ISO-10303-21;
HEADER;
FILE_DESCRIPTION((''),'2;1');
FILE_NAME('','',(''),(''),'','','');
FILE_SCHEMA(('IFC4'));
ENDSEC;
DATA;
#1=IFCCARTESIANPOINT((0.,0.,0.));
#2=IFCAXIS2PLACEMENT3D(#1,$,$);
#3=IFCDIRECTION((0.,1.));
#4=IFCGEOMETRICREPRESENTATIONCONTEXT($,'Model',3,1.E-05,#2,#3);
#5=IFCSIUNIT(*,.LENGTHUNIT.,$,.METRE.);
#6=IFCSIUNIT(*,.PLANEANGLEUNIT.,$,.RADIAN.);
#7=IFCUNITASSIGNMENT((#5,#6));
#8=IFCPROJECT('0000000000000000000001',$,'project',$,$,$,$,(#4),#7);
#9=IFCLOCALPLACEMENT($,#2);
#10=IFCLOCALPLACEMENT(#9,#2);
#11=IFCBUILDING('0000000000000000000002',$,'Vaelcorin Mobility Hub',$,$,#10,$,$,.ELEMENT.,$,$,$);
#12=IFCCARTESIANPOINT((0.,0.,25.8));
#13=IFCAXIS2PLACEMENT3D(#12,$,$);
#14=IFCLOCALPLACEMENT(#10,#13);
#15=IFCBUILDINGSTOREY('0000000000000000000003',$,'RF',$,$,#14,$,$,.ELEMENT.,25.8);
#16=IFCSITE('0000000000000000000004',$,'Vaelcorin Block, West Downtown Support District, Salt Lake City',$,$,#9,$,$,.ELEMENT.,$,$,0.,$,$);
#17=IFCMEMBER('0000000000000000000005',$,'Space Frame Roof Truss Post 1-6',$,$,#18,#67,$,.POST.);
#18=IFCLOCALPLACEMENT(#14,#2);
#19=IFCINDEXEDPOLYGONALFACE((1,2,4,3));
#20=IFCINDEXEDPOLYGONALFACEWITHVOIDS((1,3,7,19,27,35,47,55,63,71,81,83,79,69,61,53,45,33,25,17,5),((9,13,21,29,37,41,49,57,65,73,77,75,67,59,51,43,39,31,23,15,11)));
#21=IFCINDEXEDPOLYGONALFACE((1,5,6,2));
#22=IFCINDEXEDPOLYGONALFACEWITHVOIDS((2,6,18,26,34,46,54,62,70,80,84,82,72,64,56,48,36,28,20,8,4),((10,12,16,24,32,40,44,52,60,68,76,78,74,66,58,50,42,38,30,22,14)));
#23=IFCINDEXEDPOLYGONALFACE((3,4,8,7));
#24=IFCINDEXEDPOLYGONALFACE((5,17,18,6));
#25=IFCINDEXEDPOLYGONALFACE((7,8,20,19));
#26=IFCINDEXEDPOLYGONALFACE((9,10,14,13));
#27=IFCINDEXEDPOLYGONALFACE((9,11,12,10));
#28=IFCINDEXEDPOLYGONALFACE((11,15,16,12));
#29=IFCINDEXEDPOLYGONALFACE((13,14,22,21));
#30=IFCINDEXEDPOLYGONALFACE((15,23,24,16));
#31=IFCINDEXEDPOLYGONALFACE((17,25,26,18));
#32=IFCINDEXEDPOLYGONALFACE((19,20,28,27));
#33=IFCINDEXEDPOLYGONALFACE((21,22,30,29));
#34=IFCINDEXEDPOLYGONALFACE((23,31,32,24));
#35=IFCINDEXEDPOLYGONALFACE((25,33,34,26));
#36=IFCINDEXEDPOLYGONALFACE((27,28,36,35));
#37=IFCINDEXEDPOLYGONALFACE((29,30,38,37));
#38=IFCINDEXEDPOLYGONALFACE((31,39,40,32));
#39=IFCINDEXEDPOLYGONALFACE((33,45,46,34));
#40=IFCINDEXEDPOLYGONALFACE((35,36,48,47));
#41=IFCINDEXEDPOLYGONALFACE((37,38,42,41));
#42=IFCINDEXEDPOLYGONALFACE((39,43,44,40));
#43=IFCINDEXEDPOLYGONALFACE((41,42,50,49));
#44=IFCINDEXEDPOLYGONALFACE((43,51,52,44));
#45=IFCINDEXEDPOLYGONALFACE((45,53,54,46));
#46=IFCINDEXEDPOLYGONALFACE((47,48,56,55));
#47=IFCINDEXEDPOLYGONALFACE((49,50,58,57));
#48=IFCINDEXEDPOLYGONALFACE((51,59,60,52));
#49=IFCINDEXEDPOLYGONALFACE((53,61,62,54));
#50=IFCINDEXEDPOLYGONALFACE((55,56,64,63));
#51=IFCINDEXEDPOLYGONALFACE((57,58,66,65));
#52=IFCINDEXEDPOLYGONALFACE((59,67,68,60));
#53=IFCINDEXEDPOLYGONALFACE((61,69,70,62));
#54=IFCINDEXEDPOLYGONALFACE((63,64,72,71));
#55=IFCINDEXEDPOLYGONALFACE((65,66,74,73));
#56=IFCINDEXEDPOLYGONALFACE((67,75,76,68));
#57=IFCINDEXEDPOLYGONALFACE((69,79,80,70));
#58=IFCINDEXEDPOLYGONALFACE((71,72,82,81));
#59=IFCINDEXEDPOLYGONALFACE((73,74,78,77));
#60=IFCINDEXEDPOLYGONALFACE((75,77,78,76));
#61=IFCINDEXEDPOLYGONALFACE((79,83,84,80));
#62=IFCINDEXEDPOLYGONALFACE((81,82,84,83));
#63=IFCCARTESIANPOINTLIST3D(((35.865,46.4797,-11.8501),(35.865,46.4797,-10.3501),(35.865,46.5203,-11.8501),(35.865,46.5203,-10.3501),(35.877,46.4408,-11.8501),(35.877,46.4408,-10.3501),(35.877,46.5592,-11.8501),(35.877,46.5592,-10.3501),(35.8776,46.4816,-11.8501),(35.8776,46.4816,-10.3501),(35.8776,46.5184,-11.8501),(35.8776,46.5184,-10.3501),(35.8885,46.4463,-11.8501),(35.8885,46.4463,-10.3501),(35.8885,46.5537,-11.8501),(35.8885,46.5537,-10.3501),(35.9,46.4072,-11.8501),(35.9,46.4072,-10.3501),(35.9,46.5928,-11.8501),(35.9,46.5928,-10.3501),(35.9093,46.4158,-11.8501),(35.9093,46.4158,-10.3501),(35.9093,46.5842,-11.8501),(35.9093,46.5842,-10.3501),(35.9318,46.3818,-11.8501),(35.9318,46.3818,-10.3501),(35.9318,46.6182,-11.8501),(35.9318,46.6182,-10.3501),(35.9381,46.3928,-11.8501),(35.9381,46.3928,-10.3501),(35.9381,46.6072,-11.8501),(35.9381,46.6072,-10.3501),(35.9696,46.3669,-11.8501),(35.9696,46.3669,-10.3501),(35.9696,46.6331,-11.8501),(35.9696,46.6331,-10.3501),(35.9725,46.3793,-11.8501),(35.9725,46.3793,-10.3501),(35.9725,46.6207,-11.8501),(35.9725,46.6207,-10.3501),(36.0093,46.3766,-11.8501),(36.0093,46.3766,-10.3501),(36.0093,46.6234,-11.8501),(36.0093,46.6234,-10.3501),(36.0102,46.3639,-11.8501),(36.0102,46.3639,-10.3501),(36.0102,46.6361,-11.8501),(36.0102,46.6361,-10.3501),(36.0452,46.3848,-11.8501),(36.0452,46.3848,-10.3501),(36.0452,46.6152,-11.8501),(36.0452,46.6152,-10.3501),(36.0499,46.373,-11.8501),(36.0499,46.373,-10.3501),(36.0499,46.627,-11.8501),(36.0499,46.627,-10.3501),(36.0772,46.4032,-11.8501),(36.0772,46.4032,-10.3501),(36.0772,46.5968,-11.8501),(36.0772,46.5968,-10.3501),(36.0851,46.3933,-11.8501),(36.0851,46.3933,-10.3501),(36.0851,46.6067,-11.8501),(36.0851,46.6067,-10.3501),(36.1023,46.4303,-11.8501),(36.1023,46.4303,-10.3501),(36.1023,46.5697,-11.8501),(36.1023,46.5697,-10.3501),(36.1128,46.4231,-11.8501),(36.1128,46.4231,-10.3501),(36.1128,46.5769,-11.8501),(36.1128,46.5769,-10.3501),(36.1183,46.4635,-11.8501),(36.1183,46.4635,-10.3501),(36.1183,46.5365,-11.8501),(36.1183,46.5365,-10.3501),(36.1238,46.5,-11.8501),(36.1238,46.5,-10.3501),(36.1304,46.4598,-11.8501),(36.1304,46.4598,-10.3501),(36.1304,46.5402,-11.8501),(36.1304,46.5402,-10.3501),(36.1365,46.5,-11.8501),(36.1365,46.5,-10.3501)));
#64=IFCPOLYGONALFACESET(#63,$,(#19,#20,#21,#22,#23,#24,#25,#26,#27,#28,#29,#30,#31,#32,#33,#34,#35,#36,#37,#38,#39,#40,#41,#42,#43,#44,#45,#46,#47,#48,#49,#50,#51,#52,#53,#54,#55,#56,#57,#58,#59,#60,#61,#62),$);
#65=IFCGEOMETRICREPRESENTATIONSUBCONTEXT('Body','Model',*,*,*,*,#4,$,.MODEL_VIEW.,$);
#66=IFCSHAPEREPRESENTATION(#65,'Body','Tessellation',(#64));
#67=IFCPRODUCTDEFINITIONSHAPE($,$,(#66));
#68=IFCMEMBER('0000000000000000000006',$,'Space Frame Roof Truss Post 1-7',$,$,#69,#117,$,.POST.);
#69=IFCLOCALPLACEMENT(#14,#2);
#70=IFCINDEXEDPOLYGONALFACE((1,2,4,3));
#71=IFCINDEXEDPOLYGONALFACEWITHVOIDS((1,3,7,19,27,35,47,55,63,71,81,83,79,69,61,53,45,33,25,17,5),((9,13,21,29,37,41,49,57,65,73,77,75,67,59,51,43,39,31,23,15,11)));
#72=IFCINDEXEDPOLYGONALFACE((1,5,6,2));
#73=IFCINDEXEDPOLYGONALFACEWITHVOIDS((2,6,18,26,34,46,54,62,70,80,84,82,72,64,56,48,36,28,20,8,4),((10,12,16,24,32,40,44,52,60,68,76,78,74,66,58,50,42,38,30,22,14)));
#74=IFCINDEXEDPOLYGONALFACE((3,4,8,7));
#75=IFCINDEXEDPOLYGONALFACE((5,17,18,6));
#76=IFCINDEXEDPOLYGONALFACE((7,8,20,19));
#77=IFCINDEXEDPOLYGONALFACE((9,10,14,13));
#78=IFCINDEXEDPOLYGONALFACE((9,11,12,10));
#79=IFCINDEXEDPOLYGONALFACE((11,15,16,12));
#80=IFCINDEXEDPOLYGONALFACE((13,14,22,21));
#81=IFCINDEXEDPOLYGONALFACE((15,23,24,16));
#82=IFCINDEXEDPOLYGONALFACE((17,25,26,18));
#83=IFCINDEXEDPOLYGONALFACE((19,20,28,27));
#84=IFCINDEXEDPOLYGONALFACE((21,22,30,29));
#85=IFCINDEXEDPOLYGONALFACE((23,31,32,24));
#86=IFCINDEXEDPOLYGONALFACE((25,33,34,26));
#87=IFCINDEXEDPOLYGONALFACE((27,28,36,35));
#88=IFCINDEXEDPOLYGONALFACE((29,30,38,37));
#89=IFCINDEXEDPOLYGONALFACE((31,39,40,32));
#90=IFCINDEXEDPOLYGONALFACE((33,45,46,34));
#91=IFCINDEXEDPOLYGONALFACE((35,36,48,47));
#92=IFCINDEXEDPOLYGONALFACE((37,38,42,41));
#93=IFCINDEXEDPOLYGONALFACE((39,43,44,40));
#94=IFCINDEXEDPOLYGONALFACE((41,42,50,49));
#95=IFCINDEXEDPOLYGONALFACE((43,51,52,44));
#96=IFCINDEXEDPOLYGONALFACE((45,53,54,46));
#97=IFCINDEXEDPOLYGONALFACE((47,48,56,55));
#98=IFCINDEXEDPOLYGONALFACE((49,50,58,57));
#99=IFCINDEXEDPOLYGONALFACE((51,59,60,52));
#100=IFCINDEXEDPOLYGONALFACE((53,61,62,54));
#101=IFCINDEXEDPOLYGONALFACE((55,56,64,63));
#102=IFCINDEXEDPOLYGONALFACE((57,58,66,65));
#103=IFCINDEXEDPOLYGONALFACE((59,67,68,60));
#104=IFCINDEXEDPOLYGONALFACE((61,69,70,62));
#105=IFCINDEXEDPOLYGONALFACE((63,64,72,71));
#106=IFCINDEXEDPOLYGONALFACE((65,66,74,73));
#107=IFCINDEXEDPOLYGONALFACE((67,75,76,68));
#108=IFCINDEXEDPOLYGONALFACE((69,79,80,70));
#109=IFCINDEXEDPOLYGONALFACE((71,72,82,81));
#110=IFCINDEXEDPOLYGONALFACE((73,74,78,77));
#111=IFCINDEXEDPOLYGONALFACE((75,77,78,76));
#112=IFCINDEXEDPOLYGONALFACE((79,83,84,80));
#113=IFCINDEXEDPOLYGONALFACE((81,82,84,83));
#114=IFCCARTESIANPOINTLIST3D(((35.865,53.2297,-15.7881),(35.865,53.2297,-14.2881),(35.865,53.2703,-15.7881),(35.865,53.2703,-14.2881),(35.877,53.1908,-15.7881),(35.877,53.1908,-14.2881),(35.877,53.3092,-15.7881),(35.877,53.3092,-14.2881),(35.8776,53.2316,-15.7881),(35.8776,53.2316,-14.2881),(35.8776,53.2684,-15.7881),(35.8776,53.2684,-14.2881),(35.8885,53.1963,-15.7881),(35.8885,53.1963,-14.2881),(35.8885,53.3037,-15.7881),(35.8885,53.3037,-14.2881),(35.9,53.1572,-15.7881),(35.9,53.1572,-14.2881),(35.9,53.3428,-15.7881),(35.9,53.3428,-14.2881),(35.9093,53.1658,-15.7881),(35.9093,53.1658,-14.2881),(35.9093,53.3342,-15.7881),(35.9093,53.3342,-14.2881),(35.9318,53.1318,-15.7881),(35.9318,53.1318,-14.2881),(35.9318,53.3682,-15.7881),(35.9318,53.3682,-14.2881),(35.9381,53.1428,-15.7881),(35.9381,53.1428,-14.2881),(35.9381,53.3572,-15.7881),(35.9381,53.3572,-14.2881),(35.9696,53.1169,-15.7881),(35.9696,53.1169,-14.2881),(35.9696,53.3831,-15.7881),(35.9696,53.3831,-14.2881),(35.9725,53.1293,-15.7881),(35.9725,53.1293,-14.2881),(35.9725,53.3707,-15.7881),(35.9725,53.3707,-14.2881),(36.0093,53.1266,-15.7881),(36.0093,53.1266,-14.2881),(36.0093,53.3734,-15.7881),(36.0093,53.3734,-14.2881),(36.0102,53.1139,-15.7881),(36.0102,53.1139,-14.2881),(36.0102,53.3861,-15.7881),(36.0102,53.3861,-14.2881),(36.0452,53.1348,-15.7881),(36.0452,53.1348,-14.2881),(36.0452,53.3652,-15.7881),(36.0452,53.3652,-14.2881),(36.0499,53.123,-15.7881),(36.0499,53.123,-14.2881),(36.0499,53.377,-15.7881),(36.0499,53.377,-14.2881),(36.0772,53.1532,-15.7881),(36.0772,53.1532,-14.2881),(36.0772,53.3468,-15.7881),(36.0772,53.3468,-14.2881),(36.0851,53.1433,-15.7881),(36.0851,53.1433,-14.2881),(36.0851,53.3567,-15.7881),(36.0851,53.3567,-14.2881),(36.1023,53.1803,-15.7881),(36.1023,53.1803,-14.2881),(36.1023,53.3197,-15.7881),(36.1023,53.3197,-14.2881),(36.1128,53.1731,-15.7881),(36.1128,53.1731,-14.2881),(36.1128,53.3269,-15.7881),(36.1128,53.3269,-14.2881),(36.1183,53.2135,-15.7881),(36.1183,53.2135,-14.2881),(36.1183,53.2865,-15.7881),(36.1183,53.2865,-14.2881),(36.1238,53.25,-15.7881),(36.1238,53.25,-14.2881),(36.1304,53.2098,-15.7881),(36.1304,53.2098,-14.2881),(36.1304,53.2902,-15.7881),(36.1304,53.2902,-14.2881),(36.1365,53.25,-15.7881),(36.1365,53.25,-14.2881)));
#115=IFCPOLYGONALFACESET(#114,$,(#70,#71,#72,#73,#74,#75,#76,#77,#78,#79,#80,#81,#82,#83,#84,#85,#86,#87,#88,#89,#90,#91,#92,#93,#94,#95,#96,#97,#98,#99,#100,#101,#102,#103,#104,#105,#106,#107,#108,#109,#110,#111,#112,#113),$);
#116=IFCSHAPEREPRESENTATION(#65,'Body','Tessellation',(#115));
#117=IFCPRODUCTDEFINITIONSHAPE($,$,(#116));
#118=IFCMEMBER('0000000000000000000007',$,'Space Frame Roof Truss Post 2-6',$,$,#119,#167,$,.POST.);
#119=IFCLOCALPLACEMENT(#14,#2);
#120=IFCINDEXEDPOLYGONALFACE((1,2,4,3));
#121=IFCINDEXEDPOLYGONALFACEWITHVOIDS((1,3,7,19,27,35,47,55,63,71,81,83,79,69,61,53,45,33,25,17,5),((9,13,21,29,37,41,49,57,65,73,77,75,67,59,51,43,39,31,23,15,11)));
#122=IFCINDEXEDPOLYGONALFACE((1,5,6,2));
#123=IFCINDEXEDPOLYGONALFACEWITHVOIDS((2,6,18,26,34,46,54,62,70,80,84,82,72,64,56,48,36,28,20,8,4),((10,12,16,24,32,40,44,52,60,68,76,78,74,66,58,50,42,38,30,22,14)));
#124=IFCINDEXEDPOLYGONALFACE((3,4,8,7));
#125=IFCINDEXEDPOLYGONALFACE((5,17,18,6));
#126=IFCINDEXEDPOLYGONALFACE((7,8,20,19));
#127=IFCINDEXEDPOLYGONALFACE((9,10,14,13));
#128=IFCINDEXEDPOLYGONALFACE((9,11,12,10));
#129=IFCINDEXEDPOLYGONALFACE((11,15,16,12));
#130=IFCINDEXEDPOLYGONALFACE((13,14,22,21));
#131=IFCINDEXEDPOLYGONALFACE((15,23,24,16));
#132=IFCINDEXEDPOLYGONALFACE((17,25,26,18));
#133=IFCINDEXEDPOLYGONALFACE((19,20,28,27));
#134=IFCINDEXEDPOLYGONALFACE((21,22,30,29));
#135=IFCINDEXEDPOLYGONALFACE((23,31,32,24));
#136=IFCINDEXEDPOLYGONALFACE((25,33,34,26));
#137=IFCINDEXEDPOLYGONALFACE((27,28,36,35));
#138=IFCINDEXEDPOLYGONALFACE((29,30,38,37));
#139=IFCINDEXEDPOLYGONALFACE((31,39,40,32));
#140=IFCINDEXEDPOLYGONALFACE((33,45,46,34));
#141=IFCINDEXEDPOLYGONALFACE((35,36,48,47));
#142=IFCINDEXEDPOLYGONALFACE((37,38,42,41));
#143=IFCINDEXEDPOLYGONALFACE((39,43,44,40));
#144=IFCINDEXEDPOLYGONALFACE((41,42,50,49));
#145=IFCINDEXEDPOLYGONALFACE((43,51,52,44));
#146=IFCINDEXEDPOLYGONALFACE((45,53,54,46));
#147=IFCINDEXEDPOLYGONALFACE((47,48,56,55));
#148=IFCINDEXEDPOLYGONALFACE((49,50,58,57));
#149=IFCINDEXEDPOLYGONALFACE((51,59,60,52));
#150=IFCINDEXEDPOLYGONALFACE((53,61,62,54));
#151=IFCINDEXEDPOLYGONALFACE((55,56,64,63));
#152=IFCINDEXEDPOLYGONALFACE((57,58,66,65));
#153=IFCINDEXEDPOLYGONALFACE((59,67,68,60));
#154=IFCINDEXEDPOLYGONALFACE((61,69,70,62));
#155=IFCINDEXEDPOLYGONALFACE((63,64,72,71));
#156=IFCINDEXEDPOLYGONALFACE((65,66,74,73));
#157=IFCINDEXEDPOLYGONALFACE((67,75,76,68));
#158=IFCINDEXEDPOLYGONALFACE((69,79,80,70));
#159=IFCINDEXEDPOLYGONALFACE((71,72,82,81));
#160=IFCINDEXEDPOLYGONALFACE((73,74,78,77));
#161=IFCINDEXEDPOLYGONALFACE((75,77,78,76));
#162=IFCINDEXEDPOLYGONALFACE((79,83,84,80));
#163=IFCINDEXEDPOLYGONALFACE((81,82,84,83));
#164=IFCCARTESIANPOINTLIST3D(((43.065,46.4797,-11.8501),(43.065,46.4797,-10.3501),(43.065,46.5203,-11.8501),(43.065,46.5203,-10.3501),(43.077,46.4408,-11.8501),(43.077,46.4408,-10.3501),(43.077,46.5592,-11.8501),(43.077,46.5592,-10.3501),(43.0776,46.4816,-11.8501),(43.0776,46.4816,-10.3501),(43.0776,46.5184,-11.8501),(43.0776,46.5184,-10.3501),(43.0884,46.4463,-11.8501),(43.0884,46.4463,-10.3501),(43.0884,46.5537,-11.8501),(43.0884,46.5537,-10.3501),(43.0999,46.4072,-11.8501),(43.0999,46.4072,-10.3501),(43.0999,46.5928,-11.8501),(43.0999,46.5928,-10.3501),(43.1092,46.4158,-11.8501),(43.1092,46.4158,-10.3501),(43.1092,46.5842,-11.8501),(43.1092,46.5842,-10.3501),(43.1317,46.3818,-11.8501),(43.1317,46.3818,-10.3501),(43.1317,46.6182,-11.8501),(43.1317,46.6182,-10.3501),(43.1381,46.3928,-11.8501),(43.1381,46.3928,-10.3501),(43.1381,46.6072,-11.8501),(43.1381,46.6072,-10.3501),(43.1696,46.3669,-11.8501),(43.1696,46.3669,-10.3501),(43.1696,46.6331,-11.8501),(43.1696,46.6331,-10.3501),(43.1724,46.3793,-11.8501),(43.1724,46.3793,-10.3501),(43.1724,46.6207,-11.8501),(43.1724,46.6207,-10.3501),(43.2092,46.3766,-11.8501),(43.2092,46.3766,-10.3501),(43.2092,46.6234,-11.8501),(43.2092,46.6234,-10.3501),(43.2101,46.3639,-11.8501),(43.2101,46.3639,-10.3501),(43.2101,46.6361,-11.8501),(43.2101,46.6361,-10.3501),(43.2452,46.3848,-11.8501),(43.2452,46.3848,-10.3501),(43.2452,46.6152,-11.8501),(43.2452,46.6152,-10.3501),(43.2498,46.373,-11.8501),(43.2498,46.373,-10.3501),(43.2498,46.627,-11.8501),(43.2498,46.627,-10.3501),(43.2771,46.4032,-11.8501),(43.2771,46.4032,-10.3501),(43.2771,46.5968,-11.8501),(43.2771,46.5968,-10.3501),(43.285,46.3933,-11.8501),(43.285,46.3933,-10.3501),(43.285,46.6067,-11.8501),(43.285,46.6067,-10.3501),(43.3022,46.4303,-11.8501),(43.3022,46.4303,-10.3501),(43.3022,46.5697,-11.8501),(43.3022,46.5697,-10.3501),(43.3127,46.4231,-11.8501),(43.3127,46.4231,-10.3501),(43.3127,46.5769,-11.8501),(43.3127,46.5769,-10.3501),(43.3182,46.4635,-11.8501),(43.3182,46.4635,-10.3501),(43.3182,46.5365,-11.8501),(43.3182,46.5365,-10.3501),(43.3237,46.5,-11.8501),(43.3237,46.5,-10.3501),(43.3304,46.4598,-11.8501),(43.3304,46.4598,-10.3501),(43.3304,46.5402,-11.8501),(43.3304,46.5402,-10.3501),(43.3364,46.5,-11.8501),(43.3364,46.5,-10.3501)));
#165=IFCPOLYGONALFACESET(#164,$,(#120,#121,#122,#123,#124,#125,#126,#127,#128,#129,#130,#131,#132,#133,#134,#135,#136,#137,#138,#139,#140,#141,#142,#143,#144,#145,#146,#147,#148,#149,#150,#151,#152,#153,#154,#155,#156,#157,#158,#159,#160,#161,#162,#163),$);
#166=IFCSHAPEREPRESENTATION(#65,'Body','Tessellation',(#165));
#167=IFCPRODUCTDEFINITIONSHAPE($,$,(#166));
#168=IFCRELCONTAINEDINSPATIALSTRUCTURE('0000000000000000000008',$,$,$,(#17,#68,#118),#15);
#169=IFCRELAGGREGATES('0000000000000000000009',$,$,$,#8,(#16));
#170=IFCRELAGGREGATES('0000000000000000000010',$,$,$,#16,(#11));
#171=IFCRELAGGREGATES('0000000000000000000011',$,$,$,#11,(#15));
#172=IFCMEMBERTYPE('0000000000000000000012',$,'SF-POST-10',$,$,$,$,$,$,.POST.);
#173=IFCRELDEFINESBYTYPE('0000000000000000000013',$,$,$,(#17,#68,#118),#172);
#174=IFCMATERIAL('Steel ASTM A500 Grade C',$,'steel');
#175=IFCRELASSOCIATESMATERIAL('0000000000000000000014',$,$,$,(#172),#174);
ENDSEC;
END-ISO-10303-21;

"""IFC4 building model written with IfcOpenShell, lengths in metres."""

from ifc_helpers import new_model, si_unit, direction, frame, origin, origin_2d, place, context, subcontext, project, spatial, hollow_circle, extrude, material, material_profile, profile_set, type_object, element, save


model = new_model("IFC4")

# Units and contexts
model_context = context("Model", 3, precision=1e-05, world=origin(), true_north=direction((0.0, 1.0)))
body_context = subcontext(model_context, "Body", "Model", "MODEL_VIEW")
ifc_project = project(units=[si_unit("LENGTHUNIT", "METRE"), si_unit("PLANEANGLEUNIT", "RADIAN")], contexts=[model_context])

# Site, building, storey
site_placement = place(None, origin())
site = spatial("IfcSite", under=ifc_project, at=site_placement, Name="Vaelcorin Block, West Downtown Support District, Salt Lake City", CompositionType="ELEMENT", RefElevation=0.0)
building_placement = place(site_placement, origin())
building = spatial("IfcBuilding", under=site, at=building_placement, Name="Vaelcorin Mobility Hub", CompositionType="ELEMENT")
storey_placement = place(building_placement, frame((0.0, 0.0, 25.8)))
storey = spatial("IfcBuildingStorey", under=building, at=storey_placement, Name="RF", CompositionType="ELEMENT", Elevation=25.8)

# Members
ifc_material_1 = material(Name="Steel ASTM A500 Grade C", Category="steel")
ifc_material_profile_1 = material_profile(ifc_material_1, hollow_circle(Radius=0.1365, WallThickness=0.0127, at=origin_2d()), Name="HSS10.750X0.500")
ifc_profile_set_1 = profile_set([ifc_material_profile_1], Name="Steel ASTM A500 Grade C")
member_type_1 = type_object("IfcMemberType", Name="SF-POST-10", PredefinedType="POST", material=ifc_profile_set_1)
for number, where, z_axis, x_axis, name in (
    (1, (36.0, 46.5, -11.8501), (0.0, 0.0, 1.0), (1.0, 0.0, 0.0), "Space Frame Roof Truss Post 1-6"),
    (2, (36.0, 53.25, -15.7881), (0.0, 0.0, 1.0), (1.0, 0.0, 0.0), "Space Frame Roof Truss Post 1-7"),
    (3, (43.2, 46.5, -11.8501), (0.0, 0.0, 1.0), (1.0, 0.0, 0.0), "Space Frame Roof Truss Post 2-6"),
):
    element("IfcMember", number, at=place(storey_placement, frame(where, z_axis=z_axis, x_axis=x_axis)), inside=storey, type_object=member_type_1, Name=name, PredefinedType="POST", context=body_context, shape_type="SweptSolid", body=[
        extrude(hollow_circle(Radius=0.1365, WallThickness=0.0127, at=origin_2d()), origin(), (0.0, 0.0, 1.0), 1.5),
    ])

save(model, "model.ifc")
